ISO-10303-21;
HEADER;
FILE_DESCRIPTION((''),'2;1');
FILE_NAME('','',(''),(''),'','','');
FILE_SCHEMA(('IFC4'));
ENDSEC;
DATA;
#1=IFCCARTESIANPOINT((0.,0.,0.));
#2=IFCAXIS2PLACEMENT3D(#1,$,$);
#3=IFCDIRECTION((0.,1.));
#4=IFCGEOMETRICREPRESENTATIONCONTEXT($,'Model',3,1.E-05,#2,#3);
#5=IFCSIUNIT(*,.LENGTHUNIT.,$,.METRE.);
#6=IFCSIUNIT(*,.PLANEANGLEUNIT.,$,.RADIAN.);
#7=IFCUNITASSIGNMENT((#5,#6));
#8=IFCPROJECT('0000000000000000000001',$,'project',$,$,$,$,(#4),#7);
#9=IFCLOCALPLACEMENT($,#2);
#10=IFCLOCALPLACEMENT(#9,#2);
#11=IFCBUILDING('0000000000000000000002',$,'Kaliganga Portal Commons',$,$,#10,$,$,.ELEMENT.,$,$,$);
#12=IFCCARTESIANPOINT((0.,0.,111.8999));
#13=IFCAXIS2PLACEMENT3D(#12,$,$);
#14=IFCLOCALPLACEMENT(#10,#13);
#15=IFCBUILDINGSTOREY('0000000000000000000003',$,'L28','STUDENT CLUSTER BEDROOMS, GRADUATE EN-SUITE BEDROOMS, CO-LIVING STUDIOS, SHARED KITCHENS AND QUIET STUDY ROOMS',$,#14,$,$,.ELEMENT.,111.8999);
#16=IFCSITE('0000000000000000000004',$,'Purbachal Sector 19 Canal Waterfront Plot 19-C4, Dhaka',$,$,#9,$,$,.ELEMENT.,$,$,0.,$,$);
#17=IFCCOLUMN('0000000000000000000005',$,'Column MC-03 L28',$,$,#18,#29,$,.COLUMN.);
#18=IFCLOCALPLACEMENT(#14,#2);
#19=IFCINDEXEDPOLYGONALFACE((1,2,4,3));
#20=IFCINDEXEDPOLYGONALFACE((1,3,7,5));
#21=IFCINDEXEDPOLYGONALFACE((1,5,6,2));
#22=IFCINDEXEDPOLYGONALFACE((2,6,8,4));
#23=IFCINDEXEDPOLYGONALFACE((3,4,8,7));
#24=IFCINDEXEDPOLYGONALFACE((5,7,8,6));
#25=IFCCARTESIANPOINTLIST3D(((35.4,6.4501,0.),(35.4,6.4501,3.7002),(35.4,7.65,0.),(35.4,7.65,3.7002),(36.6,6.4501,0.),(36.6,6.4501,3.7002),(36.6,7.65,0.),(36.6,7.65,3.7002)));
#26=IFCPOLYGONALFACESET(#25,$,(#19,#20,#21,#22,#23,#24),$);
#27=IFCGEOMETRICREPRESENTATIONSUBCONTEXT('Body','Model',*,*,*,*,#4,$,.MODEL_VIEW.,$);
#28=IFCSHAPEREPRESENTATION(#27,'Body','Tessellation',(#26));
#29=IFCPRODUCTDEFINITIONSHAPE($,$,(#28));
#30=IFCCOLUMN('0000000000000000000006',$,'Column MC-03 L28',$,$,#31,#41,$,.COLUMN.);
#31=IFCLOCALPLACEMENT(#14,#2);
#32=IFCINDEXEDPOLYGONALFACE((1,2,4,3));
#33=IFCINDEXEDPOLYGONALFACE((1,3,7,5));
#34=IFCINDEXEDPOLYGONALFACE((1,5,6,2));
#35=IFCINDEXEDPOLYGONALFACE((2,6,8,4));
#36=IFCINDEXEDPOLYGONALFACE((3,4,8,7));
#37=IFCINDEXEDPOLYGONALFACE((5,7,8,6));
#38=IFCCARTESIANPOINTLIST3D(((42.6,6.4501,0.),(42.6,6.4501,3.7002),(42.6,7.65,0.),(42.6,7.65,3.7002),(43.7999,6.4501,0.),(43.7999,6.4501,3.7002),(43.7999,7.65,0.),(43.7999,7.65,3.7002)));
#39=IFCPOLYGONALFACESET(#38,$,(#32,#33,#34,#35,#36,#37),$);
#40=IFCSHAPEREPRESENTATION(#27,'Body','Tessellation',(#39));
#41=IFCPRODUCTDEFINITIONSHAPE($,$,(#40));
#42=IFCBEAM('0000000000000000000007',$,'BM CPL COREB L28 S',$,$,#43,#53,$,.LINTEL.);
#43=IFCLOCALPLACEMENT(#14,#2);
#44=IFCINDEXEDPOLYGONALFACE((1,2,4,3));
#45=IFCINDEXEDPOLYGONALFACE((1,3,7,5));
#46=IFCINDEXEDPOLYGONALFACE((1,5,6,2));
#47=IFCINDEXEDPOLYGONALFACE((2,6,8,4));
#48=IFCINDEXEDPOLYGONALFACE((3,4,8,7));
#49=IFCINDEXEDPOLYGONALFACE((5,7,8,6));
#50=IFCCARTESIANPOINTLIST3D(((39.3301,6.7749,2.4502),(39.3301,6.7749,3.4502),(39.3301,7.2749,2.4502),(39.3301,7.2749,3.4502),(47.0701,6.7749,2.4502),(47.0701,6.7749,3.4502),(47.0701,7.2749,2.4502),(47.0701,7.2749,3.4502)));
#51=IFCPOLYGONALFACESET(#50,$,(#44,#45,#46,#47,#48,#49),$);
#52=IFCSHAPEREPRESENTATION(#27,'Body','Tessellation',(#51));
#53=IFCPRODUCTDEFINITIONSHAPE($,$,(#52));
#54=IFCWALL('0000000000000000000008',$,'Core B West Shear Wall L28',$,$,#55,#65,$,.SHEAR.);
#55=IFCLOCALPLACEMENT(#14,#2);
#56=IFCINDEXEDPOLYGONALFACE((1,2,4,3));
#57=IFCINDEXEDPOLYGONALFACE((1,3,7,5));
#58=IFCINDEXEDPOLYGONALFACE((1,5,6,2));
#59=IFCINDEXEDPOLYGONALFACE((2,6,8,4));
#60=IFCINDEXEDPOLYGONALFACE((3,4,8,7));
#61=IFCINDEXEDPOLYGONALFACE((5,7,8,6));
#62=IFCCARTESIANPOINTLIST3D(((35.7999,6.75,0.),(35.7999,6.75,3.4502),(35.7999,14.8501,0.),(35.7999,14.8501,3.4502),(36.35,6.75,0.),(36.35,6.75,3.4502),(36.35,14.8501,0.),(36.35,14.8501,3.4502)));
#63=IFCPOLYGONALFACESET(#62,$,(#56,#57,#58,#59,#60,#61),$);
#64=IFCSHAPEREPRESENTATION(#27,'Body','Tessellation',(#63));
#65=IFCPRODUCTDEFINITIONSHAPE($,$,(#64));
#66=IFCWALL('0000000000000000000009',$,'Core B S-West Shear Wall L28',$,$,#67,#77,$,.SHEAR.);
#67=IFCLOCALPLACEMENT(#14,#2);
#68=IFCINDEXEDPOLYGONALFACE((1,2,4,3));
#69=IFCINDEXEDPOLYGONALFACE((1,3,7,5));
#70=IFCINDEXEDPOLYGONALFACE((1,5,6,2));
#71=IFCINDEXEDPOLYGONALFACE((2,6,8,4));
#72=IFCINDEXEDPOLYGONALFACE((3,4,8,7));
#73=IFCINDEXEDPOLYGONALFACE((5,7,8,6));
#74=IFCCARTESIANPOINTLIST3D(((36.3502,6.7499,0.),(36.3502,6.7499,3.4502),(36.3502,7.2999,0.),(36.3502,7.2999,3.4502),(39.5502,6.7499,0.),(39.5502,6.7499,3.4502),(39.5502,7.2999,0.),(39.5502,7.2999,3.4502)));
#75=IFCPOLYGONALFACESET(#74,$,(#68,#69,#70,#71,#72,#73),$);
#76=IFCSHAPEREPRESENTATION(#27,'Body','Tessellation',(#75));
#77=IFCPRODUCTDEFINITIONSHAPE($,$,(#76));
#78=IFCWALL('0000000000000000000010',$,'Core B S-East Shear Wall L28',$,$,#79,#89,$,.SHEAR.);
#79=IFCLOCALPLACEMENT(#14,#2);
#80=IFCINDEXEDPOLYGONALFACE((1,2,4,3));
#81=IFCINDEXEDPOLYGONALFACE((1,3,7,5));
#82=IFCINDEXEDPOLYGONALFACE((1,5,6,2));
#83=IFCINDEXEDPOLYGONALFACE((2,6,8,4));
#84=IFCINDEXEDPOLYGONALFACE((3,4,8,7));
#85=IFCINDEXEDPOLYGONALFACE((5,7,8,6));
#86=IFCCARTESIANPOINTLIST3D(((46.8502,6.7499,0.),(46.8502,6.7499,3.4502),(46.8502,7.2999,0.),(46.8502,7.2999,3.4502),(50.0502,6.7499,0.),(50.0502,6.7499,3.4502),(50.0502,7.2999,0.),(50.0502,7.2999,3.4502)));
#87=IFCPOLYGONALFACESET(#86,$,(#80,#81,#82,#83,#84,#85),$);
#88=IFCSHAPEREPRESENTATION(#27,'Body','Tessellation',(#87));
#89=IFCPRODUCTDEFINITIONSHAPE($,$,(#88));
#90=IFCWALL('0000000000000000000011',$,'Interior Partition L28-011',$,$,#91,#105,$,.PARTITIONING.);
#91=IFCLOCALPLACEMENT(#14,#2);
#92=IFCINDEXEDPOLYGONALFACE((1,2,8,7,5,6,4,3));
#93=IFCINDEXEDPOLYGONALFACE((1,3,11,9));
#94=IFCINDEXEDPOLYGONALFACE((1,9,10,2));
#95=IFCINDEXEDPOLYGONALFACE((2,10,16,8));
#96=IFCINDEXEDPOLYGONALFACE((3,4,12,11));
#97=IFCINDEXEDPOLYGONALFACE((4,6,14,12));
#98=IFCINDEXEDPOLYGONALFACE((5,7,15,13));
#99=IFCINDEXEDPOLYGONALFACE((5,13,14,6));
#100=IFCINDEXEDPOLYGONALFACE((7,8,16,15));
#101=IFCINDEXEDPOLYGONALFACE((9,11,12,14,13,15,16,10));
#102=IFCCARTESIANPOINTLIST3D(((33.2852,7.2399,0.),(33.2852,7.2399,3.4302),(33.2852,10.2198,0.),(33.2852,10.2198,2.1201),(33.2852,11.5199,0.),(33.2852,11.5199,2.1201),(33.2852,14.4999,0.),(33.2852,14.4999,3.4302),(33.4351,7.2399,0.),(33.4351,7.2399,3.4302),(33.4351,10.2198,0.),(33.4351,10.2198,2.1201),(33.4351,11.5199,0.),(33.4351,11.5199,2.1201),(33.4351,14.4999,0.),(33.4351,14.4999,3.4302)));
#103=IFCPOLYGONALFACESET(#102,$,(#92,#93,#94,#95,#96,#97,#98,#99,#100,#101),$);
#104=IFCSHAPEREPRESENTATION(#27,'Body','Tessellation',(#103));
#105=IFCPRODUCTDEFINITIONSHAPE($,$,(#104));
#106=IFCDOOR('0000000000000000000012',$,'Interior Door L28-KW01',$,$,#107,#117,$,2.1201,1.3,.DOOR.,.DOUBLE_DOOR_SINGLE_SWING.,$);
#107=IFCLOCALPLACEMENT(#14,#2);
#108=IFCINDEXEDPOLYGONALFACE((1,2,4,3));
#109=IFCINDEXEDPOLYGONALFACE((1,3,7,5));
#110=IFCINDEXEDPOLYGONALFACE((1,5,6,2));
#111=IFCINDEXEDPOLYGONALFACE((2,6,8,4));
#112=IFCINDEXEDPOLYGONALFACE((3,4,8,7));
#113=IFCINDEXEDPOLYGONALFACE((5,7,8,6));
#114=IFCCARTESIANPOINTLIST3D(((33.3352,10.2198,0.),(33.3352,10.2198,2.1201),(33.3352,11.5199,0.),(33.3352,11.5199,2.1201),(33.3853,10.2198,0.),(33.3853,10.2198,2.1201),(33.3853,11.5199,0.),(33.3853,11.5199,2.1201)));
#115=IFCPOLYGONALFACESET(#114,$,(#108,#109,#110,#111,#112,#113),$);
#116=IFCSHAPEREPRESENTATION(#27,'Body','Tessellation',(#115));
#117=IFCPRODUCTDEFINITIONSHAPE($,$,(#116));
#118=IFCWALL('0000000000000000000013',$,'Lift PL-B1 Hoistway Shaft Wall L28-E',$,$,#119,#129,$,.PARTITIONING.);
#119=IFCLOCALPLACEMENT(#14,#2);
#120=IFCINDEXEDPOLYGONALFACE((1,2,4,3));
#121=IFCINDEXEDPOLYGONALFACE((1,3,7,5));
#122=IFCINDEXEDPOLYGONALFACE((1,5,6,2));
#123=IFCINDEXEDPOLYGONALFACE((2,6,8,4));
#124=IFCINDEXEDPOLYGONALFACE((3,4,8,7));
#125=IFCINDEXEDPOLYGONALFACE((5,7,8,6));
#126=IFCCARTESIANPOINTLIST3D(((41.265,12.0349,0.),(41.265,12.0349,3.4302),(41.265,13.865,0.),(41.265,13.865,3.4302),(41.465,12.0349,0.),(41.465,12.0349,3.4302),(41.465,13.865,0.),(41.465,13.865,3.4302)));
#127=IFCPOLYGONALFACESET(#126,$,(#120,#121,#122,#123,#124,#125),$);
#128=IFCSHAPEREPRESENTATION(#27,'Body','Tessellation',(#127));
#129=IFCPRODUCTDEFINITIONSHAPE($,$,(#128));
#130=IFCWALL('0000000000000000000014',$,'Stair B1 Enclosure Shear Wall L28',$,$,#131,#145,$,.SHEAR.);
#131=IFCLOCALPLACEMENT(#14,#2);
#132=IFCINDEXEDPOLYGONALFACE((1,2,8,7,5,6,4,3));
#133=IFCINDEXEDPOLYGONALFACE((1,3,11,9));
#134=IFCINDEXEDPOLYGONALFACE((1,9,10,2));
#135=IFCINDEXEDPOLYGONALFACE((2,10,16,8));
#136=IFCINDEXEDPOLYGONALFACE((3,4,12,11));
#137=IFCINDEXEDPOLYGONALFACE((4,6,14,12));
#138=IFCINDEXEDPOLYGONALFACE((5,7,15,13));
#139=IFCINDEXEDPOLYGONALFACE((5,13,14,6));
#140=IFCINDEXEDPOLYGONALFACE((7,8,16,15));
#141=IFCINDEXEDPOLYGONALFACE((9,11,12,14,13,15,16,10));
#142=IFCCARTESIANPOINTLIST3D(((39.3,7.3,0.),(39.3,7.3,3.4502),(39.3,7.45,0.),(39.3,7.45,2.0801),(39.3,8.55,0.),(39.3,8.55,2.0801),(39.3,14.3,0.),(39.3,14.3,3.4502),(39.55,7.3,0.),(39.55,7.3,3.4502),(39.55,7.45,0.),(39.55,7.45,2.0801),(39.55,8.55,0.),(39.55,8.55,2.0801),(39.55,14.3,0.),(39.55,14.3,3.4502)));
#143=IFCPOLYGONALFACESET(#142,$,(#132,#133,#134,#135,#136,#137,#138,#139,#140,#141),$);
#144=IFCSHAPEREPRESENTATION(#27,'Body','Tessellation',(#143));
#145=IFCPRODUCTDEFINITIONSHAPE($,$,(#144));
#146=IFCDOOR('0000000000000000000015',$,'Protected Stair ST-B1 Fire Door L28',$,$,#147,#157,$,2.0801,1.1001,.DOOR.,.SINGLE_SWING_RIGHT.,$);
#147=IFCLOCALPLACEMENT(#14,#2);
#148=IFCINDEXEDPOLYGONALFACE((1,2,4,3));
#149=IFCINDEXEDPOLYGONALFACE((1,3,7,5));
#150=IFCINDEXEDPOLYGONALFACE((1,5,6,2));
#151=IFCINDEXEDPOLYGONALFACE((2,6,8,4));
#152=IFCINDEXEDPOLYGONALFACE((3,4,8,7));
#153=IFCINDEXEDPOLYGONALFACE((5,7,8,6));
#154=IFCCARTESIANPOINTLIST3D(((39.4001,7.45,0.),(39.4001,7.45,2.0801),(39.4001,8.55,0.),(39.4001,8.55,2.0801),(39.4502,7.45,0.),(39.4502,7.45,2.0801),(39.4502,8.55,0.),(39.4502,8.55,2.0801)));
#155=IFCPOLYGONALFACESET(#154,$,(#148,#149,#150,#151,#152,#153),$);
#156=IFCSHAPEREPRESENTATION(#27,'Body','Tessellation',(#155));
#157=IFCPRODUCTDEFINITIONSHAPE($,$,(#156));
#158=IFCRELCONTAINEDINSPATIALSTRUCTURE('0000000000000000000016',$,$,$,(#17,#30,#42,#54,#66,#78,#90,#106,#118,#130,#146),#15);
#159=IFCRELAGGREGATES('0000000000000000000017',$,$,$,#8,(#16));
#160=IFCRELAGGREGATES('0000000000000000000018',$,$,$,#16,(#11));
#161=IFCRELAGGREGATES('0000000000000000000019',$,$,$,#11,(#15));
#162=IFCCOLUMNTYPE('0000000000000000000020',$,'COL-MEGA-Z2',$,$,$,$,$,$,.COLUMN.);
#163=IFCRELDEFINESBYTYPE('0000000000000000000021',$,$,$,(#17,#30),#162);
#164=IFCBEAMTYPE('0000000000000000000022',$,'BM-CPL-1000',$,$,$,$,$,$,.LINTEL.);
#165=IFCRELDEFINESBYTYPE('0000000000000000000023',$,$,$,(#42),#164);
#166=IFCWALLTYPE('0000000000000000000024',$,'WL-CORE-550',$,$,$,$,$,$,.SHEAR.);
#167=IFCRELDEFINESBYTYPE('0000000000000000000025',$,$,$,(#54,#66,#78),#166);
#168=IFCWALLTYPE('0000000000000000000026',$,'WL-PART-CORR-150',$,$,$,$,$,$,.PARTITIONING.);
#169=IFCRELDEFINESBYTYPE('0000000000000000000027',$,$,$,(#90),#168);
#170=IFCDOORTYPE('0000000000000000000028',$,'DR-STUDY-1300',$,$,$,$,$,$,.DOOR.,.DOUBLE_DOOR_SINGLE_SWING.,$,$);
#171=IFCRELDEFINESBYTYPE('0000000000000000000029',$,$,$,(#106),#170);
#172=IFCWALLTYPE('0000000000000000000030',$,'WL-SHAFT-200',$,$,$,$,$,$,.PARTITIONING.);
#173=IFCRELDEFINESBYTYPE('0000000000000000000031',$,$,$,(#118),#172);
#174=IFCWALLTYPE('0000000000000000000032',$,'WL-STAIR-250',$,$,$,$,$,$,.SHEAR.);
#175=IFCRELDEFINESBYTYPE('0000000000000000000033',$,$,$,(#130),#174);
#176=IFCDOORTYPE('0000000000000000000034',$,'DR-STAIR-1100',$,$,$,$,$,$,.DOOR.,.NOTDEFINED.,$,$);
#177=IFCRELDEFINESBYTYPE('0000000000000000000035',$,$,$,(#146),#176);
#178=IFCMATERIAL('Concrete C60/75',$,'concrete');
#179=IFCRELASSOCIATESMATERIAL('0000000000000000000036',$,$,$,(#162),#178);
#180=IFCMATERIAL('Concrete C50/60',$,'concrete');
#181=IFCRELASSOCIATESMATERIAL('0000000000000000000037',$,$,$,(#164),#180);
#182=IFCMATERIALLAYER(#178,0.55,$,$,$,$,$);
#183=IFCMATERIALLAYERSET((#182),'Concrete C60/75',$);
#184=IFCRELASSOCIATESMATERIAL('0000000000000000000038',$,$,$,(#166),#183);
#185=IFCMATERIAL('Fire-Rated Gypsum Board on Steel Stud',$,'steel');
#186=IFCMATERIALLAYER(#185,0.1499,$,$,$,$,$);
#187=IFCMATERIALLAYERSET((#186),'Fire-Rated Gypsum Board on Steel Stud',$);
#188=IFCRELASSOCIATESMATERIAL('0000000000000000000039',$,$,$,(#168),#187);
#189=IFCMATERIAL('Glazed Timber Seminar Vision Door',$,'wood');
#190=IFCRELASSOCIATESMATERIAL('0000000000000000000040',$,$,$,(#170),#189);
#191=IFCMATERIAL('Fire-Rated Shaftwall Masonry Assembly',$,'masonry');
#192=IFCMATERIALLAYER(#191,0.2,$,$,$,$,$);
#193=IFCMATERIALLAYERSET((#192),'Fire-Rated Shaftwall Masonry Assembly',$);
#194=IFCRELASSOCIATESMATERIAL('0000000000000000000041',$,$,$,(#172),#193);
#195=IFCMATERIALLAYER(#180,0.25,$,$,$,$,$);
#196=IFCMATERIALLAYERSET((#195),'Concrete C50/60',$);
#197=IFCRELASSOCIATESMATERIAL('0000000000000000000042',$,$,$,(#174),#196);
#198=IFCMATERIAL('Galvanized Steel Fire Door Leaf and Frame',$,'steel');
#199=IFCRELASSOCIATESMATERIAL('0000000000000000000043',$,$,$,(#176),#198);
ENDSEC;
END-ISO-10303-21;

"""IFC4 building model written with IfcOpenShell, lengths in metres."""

from ifc_helpers import new_model, si_unit, direction, frame, frame_2d, origin, origin_2d, place, context, subcontext, project, spatial, rectangle, extrude, source, transform, mapped, material, layer, layer_set, material_profile, profile_set, type_object, element, fill, save


model = new_model("IFC4")

# Units and contexts
model_context = context("Model", 3, precision=1e-05, world=origin(), true_north=direction((0.0, 1.0)))
body_context = subcontext(model_context, "Body", "Model", "MODEL_VIEW")
ifc_project = project(units=[si_unit("LENGTHUNIT", "METRE"), si_unit("PLANEANGLEUNIT", "RADIAN")], contexts=[model_context])

# Site, building, storey
site_placement = place(None, origin())
site = spatial("IfcSite", under=ifc_project, at=site_placement, Name="Purbachal Sector 19 Canal Waterfront Plot 19-C4, Dhaka", CompositionType="ELEMENT", RefElevation=0.0)
building_placement = place(site_placement, origin())
building = spatial("IfcBuilding", under=site, at=building_placement, Name="Kaliganga Portal Commons", CompositionType="ELEMENT")
storey_placement = place(building_placement, frame((0.0, 0.0, 111.8999)))
storey = spatial("IfcBuildingStorey", under=building, at=storey_placement, Name="L28", Description="STUDENT CLUSTER BEDROOMS, GRADUATE EN-SUITE BEDROOMS, CO-LIVING STUDIOS, SHARED KITCHENS AND QUIET STUDY ROOMS", CompositionType="ELEMENT", Elevation=111.8999)

# Columns
ifc_material_1 = material(Name="Concrete C60/75", Category="concrete")
ifc_material_profile_1 = material_profile(ifc_material_1, rectangle(XDim=1.2, YDim=1.2, at=origin_2d()), Name="RC 1200x1200")
ifc_profile_set_1 = profile_set([ifc_material_profile_1], Name="Concrete C60/75")
column_type = type_object("IfcColumnType", Name="COL-MEGA-Z2", PredefinedType="COLUMN", material=ifc_profile_set_1)
shared_shape_1 = source(origin(), body_context, "Body", "SweptSolid", [
    extrude(rectangle(XDim=1.2, YDim=1.2, at=origin_2d()), origin(), (0.0, 0.0, 1.0), 3.7002),
])
for number, where, z_axis, x_axis, name in (
    (1, (36.0, 7.05, 0.0), (0.0, 0.0, 1.0), (1.0, 0.0, 0.0), "Column MC-03 L28"),
    (2, (43.2, 7.05, 0.0), (0.0, 0.0, 1.0), (1.0, 0.0, 0.0), "Column MC-03 L28"),
):
    element("IfcColumn", number, at=place(storey_placement, frame(where, z_axis=z_axis, x_axis=x_axis)), inside=storey, type_object=column_type, Name=name, PredefinedType="COLUMN", context=body_context, shape_type="MappedRepresentation", body=[
        mapped(shared_shape_1, transform((0.0, 0.0, 0.0), x_axis=(1.0, 0.0, 0.0), y_axis=(0.0, 1.0, 0.0), z_axis=(0.0, 0.0, 1.0), scale=1.0)),
    ])

# Beam
ifc_material_2 = material(Name="Concrete C50/60", Category="concrete")
ifc_material_profile_2 = material_profile(ifc_material_2, rectangle(XDim=0.5, YDim=1.0, at=origin_2d()), Name="RC 500x1000")
ifc_profile_set_2 = profile_set([ifc_material_profile_2], Name="Concrete C50/60")
beam_type = type_object("IfcBeamType", Name="BM-CPL-1000", PredefinedType="LINTEL", material=ifc_profile_set_2)
shared_shape_2 = source(origin(), body_context, "Body", "SweptSolid", [
    extrude(rectangle(XDim=0.5, YDim=1.0, at=origin_2d()), origin(), (0.0, 0.0, 1.0), 7.74),
])
beam_placement = place(storey_placement, frame((39.3301, 7.0249, 2.9502), z_axis=(1.0, 0.0, 0.0), x_axis=(0.0, 1.0, 0.0)))
element("IfcBeam", 3, at=beam_placement, inside=storey, type_object=beam_type, Name="BM CPL COREB L28 S", PredefinedType="LINTEL", context=body_context, shape_type="MappedRepresentation", body=[
    mapped(shared_shape_2, transform((0.0, 0.0, 0.0), x_axis=(1.0, 0.0, 0.0), y_axis=(0.0, 1.0, 0.0), z_axis=(0.0, 0.0, 1.0), scale=1.0)),
])

# Walls
ifc_layer_1 = layer(ifc_material_1, 0.55)
ifc_layer_set_1 = layer_set([ifc_layer_1], Name="Concrete C60/75")
wall_type_1 = type_object("IfcWallType", Name="WL-CORE-550", PredefinedType="SHEAR", material=ifc_layer_set_1)
wall_1_placement = place(storey_placement, frame((36.075, 6.75, 0.0), z_axis=(0.0, 0.0, 1.0), x_axis=(0.0, 1.0, 0.0)))
element("IfcWall", 4, at=wall_1_placement, inside=storey, type_object=wall_type_1, Name="Core B West Shear Wall L28", PredefinedType="SHEAR", context=body_context, shape_type="SweptSolid", body=[
    extrude(rectangle(XDim=8.1001, YDim=0.55, at=frame_2d((4.05, 0.0))), origin(), (0.0, 0.0, 1.0), 3.4502),
])
for number, where, z_axis, x_axis, name in (
    (5, (36.3501, 7.0249, 0.0), (0.0, 0.0, 1.0), (1.0, 0.0, 0.0), "Core B S-West Shear Wall L28"),
    (6, (46.8501, 7.0249, 0.0), (0.0, 0.0, 1.0), (1.0, 0.0, 0.0), "Core B S-East Shear Wall L28"),
):
    element("IfcWall", number, at=place(storey_placement, frame(where, z_axis=z_axis, x_axis=x_axis)), inside=storey, type_object=wall_type_1, Name=name, PredefinedType="SHEAR", context=body_context, shape_type="SweptSolid", body=[
        extrude(rectangle(XDim=3.2, YDim=0.55, at=frame_2d((1.6001, 0.0))), origin(), (0.0, 0.0, 1.0), 3.4502),
    ])

# Wall, opening, door
ifc_material_3 = material(Name="Fire-Rated Gypsum Board on Steel Stud", Category="steel")
ifc_layer_2 = layer(ifc_material_3, 0.1499)
ifc_layer_set_2 = layer_set([ifc_layer_2], Name="Fire-Rated Gypsum Board on Steel Stud")
wall_type_2 = type_object("IfcWallType", Name="WL-PART-CORR-150", PredefinedType="PARTITIONING", material=ifc_layer_set_2)
wall_2_placement = place(storey_placement, frame((33.3601, 7.24, 0.0), z_axis=(0.0, 0.0, 1.0), x_axis=(0.0, 1.0, 0.0)))
wall_2 = element("IfcWall", 7, at=wall_2_placement, inside=storey, type_object=wall_type_2, Name="Interior Partition L28-011", PredefinedType="PARTITIONING", context=body_context, shape_type="SweptSolid", body=[
    extrude(rectangle(XDim=7.26, YDim=0.1499, at=frame_2d((3.6299, 0.0))), origin(), (0.0, 0.0, 1.0), 3.4302),
])
opening_1_placement = place(wall_2_placement, frame((2.98, 0.0, 0.0)))
opening_1 = element("IfcOpeningElement", 8, at=opening_1_placement, cuts=wall_2, PredefinedType="OPENING", context=body_context, shape_type="SweptSolid", body=[
    extrude(rectangle(XDim=1.3, YDim=2.1201, at=frame_2d((0.6499, 1.0601))), frame((0.0, 0.085, 0.0), z_axis=(0.0, -1.0, 0.0), x_axis=(1.0, 0.0, 0.0)), (0.0, 0.0, 1.0), 0.1699),
])
ifc_material_4 = material(Name="Glazed Timber Seminar Vision Door", Category="wood")
door_type_1 = type_object("IfcDoorType", Name="DR-STUDY-1300", OperationType="DOUBLE_DOOR_SINGLE_SWING", PredefinedType="DOOR", material=ifc_material_4)
door_1_placement = place(opening_1_placement, origin())
door_1 = element("IfcDoor", 9, at=door_1_placement, inside=storey, type_object=door_type_1, Name="Interior Door L28-KW01", OperationType="DOUBLE_DOOR_SINGLE_SWING", OverallHeight=2.1201, OverallWidth=1.3, PredefinedType="DOOR", context=body_context, shape_type="SweptSolid", body=[
    extrude(rectangle(XDim=1.3, YDim=2.1201, at=frame_2d((0.6499, 1.0601))), frame((0.0, 0.0249, 0.0), z_axis=(0.0, -1.0, 0.0), x_axis=(1.0, 0.0, 0.0)), (0.0, 0.0, 1.0), 0.05),
])
fill(opening_1, door_1)
ifc_material_5 = material(Name="Fire-Rated Shaftwall Masonry Assembly", Category="masonry")
ifc_layer_3 = layer(ifc_material_5, 0.2)
ifc_layer_set_3 = layer_set([ifc_layer_3], Name="Fire-Rated Shaftwall Masonry Assembly")
wall_type_3 = type_object("IfcWallType", Name="WL-SHAFT-200", PredefinedType="PARTITIONING", material=ifc_layer_set_3)

# Wall
wall_3_placement = place(storey_placement, frame((41.365, 12.0349, 0.0), z_axis=(0.0, 0.0, 1.0), x_axis=(0.0, 1.0, 0.0)))
element("IfcWall", 10, at=wall_3_placement, inside=storey, type_object=wall_type_3, Name="Lift PL-B1 Hoistway Shaft Wall L28-E", PredefinedType="PARTITIONING", context=body_context, shape_type="SweptSolid", body=[
    extrude(rectangle(XDim=1.8301, YDim=0.2, at=frame_2d((0.915, 0.0))), origin(), (0.0, 0.0, 1.0), 3.4302),
])

# Wall, opening, door
ifc_layer_4 = layer(ifc_material_2, 0.25)
ifc_layer_set_4 = layer_set([ifc_layer_4], Name="Concrete C50/60")
wall_type_4 = type_object("IfcWallType", Name="WL-STAIR-250", PredefinedType="SHEAR", material=ifc_layer_set_4)
wall_4_placement = place(storey_placement, frame((39.425, 7.3, 0.0), z_axis=(0.0, 0.0, 1.0), x_axis=(0.0, 1.0, 0.0)))
wall_4 = element("IfcWall", 11, at=wall_4_placement, inside=storey, type_object=wall_type_4, Name="Stair B1 Enclosure Shear Wall L28", PredefinedType="SHEAR", context=body_context, shape_type="SweptSolid", body=[
    extrude(rectangle(XDim=7.0, YDim=0.25, at=frame_2d((3.5, 0.0))), origin(), (0.0, 0.0, 1.0), 3.4502),
])
opening_2_placement = place(wall_4_placement, frame((0.1499, 0.0, 0.0)))
opening_2 = element("IfcOpeningElement", 12, at=opening_2_placement, cuts=wall_4, PredefinedType="OPENING", context=body_context, shape_type="SweptSolid", body=[
    extrude(rectangle(XDim=1.1001, YDim=2.0801, at=frame_2d((0.55, 1.04))), frame((0.0, 0.135, 0.0), z_axis=(0.0, -1.0, 0.0), x_axis=(1.0, 0.0, 0.0)), (0.0, 0.0, 1.0), 0.27),
])
ifc_material_6 = material(Name="Galvanized Steel Fire Door Leaf and Frame", Category="steel")
door_type_2 = type_object("IfcDoorType", Name="DR-STAIR-1100", OperationType="NOTDEFINED", PredefinedType="DOOR", material=ifc_material_6)
door_2_placement = place(opening_2_placement, origin())
door_2 = element("IfcDoor", 13, at=door_2_placement, inside=storey, type_object=door_type_2, Name="Protected Stair ST-B1 Fire Door L28", OperationType="SINGLE_SWING_RIGHT", OverallHeight=2.0801, OverallWidth=1.1001, PredefinedType="DOOR", context=body_context, shape_type="SweptSolid", body=[
    extrude(rectangle(XDim=1.1001, YDim=2.0801, at=frame_2d((0.55, 1.04))), frame((0.0, 0.0249, 0.0), z_axis=(0.0, -1.0, 0.0), x_axis=(1.0, 0.0, 0.0)), (0.0, 0.0, 1.0), 0.05),
])
fill(opening_2, door_2)

save(model, "model.ifc")
